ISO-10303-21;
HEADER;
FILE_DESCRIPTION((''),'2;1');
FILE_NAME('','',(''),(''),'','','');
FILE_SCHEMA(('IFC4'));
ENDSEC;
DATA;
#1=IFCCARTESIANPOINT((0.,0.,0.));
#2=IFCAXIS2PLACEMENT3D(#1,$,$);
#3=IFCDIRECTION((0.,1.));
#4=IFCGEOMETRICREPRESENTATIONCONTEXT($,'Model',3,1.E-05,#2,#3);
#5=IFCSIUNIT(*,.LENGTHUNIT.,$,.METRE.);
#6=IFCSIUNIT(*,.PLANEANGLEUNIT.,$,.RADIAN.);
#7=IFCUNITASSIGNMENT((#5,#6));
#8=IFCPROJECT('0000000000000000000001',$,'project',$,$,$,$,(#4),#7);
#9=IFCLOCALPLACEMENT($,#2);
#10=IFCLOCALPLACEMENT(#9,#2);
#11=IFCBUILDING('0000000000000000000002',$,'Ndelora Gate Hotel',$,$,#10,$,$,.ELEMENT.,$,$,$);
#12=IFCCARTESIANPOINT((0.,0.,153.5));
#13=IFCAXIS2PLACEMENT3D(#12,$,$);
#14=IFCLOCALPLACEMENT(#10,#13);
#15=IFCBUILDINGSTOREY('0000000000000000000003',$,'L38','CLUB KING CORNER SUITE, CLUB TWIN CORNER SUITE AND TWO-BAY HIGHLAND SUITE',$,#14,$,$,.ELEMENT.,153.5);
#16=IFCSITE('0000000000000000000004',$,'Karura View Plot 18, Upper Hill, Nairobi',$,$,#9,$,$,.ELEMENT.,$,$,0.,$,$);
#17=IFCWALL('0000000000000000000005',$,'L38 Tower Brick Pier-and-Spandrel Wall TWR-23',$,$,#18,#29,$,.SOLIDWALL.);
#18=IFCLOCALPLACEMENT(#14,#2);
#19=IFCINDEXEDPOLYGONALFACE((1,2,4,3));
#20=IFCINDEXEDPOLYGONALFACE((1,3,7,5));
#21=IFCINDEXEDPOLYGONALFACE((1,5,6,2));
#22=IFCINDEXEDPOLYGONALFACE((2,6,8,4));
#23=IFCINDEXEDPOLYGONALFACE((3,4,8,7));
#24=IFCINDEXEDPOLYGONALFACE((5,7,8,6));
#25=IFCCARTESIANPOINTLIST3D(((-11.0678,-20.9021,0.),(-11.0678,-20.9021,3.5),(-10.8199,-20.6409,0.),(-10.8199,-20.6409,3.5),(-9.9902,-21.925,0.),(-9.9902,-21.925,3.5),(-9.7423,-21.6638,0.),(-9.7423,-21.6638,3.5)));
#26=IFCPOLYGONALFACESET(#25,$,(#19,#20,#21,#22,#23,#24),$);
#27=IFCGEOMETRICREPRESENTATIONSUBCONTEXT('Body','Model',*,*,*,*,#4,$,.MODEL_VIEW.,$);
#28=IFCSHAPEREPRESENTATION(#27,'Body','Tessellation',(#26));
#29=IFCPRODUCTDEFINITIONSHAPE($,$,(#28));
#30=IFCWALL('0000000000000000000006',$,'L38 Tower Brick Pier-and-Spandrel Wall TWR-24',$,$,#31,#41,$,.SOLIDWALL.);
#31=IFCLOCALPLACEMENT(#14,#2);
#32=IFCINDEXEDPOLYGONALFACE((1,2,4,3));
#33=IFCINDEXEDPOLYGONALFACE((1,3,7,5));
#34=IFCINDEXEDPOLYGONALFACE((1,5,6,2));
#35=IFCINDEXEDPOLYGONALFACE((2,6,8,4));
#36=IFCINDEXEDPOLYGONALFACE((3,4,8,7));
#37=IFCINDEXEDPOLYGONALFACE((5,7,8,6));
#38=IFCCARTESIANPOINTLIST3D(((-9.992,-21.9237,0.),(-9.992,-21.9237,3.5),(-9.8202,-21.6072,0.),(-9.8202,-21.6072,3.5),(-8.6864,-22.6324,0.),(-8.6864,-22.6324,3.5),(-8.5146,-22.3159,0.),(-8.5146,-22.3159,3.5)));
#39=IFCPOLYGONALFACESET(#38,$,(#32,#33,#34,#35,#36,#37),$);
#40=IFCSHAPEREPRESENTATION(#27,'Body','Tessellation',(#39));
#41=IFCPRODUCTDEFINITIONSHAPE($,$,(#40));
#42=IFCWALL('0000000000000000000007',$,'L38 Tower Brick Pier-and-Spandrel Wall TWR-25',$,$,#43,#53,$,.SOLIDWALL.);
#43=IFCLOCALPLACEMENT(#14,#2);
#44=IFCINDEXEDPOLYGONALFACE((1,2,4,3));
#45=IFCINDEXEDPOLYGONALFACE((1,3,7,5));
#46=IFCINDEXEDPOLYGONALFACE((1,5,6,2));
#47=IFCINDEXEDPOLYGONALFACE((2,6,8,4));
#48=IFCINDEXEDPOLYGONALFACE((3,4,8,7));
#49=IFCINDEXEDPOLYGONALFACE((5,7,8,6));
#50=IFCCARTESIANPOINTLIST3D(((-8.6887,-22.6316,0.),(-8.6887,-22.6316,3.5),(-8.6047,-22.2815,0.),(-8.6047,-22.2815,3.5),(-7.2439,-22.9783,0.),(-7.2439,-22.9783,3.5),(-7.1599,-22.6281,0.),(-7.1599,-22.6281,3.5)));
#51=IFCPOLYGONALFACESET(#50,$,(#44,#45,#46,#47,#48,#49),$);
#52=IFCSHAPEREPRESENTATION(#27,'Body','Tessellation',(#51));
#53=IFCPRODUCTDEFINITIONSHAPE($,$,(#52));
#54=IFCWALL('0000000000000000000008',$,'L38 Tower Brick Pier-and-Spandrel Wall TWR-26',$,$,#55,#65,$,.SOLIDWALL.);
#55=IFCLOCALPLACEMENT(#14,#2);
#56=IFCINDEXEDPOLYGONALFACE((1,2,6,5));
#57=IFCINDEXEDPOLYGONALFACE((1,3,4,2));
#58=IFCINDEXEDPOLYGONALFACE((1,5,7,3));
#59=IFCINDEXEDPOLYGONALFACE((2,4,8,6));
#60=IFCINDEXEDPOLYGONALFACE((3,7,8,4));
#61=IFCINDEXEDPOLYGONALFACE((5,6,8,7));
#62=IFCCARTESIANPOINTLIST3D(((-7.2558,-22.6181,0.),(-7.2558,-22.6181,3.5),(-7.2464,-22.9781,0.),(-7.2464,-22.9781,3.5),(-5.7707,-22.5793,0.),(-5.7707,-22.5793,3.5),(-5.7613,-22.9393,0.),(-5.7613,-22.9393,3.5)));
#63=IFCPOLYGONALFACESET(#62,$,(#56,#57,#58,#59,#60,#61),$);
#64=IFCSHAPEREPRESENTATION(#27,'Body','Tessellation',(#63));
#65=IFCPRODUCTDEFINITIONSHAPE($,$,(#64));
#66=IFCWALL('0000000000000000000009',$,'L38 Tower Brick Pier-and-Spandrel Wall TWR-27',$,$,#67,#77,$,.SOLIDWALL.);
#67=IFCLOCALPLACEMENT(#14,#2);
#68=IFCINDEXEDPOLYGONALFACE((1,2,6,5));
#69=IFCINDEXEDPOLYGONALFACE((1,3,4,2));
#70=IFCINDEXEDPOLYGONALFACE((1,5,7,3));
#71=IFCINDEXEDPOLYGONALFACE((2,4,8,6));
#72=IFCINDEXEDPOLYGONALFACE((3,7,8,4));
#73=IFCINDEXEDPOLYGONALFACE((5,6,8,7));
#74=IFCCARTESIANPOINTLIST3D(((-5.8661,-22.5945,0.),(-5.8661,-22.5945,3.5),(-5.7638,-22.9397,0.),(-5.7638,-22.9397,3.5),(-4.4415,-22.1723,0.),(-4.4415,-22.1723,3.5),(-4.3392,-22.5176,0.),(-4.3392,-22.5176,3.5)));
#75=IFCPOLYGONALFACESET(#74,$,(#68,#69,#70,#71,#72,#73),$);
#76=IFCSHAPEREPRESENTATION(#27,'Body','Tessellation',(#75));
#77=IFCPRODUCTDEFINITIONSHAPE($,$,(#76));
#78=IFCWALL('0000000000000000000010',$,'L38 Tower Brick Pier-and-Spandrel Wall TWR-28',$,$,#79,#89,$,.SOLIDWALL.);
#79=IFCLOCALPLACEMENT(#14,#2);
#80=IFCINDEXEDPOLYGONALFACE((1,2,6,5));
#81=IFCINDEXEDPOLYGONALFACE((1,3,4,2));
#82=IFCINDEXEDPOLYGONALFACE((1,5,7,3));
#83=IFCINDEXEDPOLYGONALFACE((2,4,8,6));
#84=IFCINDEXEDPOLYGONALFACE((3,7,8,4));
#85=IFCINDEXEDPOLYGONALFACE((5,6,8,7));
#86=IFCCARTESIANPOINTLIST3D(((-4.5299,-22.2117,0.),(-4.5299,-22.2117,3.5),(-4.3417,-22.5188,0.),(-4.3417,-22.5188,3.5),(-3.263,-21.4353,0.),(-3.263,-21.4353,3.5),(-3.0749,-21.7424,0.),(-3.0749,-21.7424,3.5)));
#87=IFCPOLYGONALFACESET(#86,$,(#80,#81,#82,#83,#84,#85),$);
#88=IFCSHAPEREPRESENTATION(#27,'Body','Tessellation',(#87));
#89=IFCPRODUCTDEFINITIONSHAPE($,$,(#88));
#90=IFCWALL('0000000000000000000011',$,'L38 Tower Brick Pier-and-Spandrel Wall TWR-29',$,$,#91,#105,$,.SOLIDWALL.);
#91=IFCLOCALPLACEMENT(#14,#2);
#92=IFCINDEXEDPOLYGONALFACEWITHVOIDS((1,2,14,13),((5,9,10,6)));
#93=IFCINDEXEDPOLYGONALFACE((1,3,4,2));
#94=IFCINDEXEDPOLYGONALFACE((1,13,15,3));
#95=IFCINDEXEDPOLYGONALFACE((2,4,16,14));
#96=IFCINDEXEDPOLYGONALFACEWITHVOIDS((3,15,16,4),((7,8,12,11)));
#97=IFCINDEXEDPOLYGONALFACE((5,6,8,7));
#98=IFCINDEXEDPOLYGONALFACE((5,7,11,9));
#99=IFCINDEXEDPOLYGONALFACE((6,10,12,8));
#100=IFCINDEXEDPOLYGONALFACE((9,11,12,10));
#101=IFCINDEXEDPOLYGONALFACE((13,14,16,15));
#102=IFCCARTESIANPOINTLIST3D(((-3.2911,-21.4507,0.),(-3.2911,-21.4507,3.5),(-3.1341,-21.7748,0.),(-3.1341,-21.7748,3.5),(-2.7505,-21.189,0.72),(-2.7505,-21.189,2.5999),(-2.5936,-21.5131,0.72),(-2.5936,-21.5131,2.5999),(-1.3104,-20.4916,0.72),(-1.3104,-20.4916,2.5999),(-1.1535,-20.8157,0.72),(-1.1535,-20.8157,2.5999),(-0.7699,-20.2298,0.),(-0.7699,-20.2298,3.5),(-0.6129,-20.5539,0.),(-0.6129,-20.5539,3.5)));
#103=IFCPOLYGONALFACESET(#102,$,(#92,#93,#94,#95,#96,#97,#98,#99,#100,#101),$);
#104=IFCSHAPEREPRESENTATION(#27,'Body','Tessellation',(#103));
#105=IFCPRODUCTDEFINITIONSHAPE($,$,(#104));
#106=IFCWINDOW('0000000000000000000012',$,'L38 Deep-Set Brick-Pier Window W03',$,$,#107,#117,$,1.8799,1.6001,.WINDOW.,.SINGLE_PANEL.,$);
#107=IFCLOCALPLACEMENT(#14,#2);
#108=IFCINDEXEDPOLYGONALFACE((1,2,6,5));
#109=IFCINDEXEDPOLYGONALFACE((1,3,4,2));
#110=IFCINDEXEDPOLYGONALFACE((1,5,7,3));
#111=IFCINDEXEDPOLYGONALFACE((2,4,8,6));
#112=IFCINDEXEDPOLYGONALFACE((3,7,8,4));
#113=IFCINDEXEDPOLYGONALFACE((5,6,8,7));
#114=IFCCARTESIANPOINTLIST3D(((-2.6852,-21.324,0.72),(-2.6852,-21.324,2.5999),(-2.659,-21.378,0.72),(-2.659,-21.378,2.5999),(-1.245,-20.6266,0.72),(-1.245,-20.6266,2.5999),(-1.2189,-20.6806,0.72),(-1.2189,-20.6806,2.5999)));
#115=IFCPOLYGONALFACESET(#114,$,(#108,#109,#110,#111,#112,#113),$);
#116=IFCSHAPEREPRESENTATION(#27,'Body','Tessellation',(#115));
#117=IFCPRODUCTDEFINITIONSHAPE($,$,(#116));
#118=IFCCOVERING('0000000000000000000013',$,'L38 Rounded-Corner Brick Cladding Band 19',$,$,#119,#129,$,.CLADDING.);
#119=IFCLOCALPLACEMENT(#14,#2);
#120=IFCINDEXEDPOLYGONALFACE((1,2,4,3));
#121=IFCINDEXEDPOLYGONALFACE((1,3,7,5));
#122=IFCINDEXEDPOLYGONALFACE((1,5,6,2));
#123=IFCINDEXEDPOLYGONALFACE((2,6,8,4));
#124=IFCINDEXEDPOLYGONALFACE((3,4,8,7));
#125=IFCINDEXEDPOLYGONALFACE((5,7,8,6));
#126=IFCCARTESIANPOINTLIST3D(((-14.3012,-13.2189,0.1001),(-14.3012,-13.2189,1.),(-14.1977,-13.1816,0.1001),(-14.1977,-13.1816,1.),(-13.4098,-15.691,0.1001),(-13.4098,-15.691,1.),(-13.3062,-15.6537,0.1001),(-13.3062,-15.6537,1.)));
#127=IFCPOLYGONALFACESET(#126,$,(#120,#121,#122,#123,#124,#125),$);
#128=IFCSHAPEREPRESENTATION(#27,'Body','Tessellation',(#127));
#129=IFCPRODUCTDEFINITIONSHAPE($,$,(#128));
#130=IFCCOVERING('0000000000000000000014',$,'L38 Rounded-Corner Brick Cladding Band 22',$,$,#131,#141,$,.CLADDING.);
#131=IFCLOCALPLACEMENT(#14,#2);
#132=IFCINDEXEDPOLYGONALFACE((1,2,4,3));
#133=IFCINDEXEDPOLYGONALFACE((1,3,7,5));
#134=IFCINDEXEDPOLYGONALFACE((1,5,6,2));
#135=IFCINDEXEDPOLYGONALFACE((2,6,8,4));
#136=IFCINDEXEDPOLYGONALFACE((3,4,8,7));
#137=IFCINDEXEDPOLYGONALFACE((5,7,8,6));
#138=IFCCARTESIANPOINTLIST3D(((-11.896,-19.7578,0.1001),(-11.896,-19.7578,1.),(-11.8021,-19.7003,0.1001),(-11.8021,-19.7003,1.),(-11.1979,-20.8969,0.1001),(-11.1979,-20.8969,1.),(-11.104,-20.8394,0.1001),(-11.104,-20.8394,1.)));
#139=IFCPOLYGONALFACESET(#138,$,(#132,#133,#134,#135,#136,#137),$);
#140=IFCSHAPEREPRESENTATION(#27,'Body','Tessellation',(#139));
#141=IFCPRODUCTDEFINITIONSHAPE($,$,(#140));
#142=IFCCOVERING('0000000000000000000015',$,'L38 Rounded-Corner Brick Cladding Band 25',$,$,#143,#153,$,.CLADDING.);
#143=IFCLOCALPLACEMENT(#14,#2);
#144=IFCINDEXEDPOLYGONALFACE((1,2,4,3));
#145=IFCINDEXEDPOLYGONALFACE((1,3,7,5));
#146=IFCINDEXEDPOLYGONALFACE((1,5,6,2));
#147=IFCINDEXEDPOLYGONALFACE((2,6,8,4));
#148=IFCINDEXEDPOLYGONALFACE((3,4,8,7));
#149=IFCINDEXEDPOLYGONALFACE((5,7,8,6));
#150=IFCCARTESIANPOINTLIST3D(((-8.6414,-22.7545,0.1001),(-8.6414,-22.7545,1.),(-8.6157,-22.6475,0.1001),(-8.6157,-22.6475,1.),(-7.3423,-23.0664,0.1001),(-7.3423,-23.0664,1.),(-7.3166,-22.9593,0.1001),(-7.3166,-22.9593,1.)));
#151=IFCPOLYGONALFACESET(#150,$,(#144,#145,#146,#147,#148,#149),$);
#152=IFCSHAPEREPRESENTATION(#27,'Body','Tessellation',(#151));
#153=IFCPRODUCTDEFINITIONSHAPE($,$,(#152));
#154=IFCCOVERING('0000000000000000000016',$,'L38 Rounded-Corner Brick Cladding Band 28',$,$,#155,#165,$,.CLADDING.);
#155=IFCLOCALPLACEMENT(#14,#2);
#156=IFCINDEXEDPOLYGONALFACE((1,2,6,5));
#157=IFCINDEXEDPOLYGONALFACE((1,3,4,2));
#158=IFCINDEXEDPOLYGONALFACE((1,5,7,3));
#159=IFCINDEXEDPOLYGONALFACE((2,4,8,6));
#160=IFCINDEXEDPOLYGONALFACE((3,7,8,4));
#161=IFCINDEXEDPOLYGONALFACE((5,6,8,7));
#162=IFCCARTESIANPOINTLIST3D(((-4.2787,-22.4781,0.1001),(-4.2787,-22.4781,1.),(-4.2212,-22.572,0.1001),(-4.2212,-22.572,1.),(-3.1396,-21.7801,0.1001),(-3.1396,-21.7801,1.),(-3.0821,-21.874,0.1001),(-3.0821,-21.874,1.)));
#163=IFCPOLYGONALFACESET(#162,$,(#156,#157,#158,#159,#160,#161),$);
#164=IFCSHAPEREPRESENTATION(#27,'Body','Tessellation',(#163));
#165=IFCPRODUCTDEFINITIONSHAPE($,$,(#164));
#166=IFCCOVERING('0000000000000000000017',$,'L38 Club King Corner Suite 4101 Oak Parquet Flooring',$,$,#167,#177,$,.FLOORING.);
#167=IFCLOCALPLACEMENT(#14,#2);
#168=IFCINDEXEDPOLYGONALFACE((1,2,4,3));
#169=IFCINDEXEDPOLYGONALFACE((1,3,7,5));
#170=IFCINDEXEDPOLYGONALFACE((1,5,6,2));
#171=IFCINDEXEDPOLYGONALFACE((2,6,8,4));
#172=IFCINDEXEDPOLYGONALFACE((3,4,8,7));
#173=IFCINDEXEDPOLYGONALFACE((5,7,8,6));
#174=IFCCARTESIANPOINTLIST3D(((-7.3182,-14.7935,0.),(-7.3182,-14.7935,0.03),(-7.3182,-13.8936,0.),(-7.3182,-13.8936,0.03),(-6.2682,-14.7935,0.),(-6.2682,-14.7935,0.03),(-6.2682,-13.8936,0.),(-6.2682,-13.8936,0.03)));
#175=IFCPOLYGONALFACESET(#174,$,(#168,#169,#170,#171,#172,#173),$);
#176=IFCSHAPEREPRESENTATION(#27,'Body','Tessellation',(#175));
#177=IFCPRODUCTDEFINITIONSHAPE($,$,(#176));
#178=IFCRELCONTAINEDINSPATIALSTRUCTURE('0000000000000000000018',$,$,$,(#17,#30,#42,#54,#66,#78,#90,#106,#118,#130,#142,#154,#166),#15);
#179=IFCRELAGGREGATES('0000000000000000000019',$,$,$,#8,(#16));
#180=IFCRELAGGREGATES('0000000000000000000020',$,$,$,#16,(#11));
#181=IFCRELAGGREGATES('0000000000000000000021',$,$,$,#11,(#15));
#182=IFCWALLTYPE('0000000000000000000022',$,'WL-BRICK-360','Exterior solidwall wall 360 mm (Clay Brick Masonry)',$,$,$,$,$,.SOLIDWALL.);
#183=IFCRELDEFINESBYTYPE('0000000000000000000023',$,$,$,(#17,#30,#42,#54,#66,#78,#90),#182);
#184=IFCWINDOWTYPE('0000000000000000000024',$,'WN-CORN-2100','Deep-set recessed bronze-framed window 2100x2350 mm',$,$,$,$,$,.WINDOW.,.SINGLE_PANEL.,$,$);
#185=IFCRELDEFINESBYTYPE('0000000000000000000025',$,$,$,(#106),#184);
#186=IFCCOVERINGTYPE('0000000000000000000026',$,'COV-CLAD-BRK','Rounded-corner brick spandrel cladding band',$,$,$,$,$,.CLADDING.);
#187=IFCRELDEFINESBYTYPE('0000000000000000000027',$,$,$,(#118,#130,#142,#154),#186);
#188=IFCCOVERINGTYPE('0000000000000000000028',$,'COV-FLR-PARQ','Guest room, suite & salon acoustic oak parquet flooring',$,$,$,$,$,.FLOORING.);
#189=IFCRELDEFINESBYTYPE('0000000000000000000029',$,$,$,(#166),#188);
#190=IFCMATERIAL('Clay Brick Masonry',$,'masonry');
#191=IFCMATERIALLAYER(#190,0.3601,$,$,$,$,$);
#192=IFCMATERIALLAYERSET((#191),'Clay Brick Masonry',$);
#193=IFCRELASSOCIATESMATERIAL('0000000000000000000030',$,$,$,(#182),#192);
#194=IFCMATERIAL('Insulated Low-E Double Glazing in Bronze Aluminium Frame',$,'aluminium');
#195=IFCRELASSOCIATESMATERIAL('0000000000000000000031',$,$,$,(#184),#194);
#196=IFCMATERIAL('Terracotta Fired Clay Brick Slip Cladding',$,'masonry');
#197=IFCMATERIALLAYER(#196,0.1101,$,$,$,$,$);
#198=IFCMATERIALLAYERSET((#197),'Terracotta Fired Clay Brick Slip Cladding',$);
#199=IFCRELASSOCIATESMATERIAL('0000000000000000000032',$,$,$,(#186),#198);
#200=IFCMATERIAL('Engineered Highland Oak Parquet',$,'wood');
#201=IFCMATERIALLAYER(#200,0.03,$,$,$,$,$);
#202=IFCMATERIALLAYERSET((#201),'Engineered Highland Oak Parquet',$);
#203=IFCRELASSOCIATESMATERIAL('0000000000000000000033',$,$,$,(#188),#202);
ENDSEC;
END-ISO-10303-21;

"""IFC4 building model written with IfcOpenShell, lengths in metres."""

from ifc_helpers import new_model, si_unit, direction, frame, frame_2d, origin, origin_2d, place, context, subcontext, project, spatial, rectangle, extrude, material, layer, layer_set, type_object, element, fill, save


model = new_model("IFC4")

# Units and contexts
model_context = context("Model", 3, precision=1e-05, world=origin(), true_north=direction((0.0, 1.0)))
body_context = subcontext(model_context, "Body", "Model", "MODEL_VIEW")
ifc_project = project(units=[si_unit("LENGTHUNIT", "METRE"), si_unit("PLANEANGLEUNIT", "RADIAN")], contexts=[model_context])

# Site, building, storey
site_placement = place(None, origin())
site = spatial("IfcSite", under=ifc_project, at=site_placement, Name="Karura View Plot 18, Upper Hill, Nairobi", CompositionType="ELEMENT", RefElevation=0.0)
building_placement = place(site_placement, origin())
building = spatial("IfcBuilding", under=site, at=building_placement, Name="Ndelora Gate Hotel", CompositionType="ELEMENT")
storey_placement = place(building_placement, frame((0.0, 0.0, 153.5)))
storey = spatial("IfcBuildingStorey", under=building, at=storey_placement, Name="L38", Description="CLUB KING CORNER SUITE, CLUB TWIN CORNER SUITE AND TWO-BAY HIGHLAND SUITE", CompositionType="ELEMENT", Elevation=153.5)

# Shared definitions
ifc_material_1 = material(Name="Clay Brick Masonry", Category="masonry")
ifc_layer_1 = layer(ifc_material_1, 0.3601)
ifc_layer_set_1 = layer_set([ifc_layer_1], Name="Clay Brick Masonry")
wall_type = type_object("IfcWallType", Name="WL-BRICK-360", Description="Exterior solidwall wall 360 mm (Clay Brick Masonry)", PredefinedType="SOLIDWALL", material=ifc_layer_set_1)
ifc_material_2 = material(Name="Insulated Low-E Double Glazing in Bronze Aluminium Frame", Category="aluminium")

# Walls
for number, where, z_axis, x_axis, name in (
    (1, (-9.8662, -21.7944, 0.0), (0.0, 0.0, 1.0), (-0.72527, 0.688464, 0.0), "L38 Tower Brick Pier-and-Spandrel Wall TWR-23"),
):
    element("IfcWall", number, at=place(storey_placement, frame(where, z_axis=z_axis, x_axis=x_axis)), inside=storey, type_object=wall_type, Name=name, PredefinedType="SOLIDWALL", context=body_context, shape_type="SweptSolid", body=[
        extrude(rectangle(XDim=1.4858, YDim=0.3601, at=frame_2d((0.7429, 0.0))), origin(), (0.0, 0.0, 1.0), 3.5),
    ])
wall_1_placement = place(storey_placement, frame((-8.6006, -22.4741, 0.0), z_axis=(0.0, 0.0, 1.0), x_axis=(-0.878867, 0.477066, 0.0)))
element("IfcWall", 2, at=wall_1_placement, inside=storey, type_object=wall_type, Name="L38 Tower Brick Pier-and-Spandrel Wall TWR-24", PredefinedType="SOLIDWALL", context=body_context, shape_type="SweptSolid", body=[
    extrude(rectangle(XDim=1.4856, YDim=0.3601, at=frame_2d((0.7427, 0.0))), origin(), (0.0, 0.0, 1.0), 3.5),
])
wall_2_placement = place(storey_placement, frame((-7.2019, -22.8032, 0.0), z_axis=(0.0, 0.0, 1.0), x_axis=(-0.972399, 0.233323, 0.0)))
element("IfcWall", 3, at=wall_2_placement, inside=storey, type_object=wall_type, Name="L38 Tower Brick Pier-and-Spandrel Wall TWR-25", PredefinedType="SOLIDWALL", context=body_context, shape_type="SweptSolid", body=[
    extrude(rectangle(XDim=1.4858, YDim=0.3601, at=frame_2d((0.7429, 0.0))), origin(), (0.0, 0.0, 1.0), 3.5),
])
wall_3_placement = place(storey_placement, frame((-5.7661, -22.7593, 0.0), z_axis=(0.0, 0.0, 1.0), x_axis=(-0.999659, -0.026129, 0.0)))
element("IfcWall", 4, at=wall_3_placement, inside=storey, type_object=wall_type, Name="L38 Tower Brick Pier-and-Spandrel Wall TWR-26", PredefinedType="SOLIDWALL", context=body_context, shape_type="SweptSolid", body=[
    extrude(rectangle(XDim=1.4856, YDim=0.3601, at=frame_2d((0.7427, 0.0))), origin(), (0.0, 0.0, 1.0), 3.5),
])
for number, where, z_axis, x_axis, name in (
    (5, (-4.3904, -22.345, 0.0), (0.0, 0.0, 1.0), (-0.958793, -0.284105, 0.0), "L38 Tower Brick Pier-and-Spandrel Wall TWR-27"),
    (6, (-3.1689, -21.5889, 0.0), (0.0, 0.0, 1.0), (-0.852627, -0.52252, 0.0), "L38 Tower Brick Pier-and-Spandrel Wall TWR-28"),
):
    element("IfcWall", number, at=place(storey_placement, frame(where, z_axis=z_axis, x_axis=x_axis)), inside=storey, type_object=wall_type, Name=name, PredefinedType="SOLIDWALL", context=body_context, shape_type="SweptSolid", body=[
        extrude(rectangle(XDim=1.4858, YDim=0.3601, at=frame_2d((0.7429, 0.0))), origin(), (0.0, 0.0, 1.0), 3.5),
    ])

# Wall, opening, window
wall_4_placement = place(storey_placement, frame((-0.6914, -20.3918, 0.0), z_axis=(0.0, 0.0, 1.0), x_axis=(-0.90002, -0.435848, 0.0)))
wall_4 = element("IfcWall", 7, at=wall_4_placement, inside=storey, type_object=wall_type, Name="L38 Tower Brick Pier-and-Spandrel Wall TWR-29", PredefinedType="SOLIDWALL", context=body_context, shape_type="SweptSolid", body=[
    extrude(rectangle(XDim=2.8013, YDim=0.3601, at=frame_2d((1.4006, 0.0))), origin(), (0.0, 0.0, 1.0), 3.5),
])
opening_1_placement = place(wall_4_placement, frame((0.6006, 0.0, 0.72)))
opening_1 = element("IfcOpeningElement", 8, at=opening_1_placement, cuts=wall_4, PredefinedType="OPENING", context=body_context, shape_type="SweptSolid", body=[
    extrude(rectangle(XDim=1.6001, YDim=1.8799, at=frame_2d((0.8, 0.9399))), frame((0.0, 0.1899, 0.0), z_axis=(0.0, -1.0, 0.0), x_axis=(1.0, 0.0, 0.0)), (0.0, 0.0, 1.0), 0.3801),
])
window_type_1 = type_object("IfcWindowType", Name="WN-CORN-2100", Description="Deep-set recessed bronze-framed window 2100x2350 mm", PartitioningType="SINGLE_PANEL", PredefinedType="WINDOW", material=ifc_material_2)
window_1_placement = place(opening_1_placement, origin())
window_1 = element("IfcWindow", 9, at=window_1_placement, inside=storey, type_object=window_type_1, Name="L38 Deep-Set Brick-Pier Window W03", OverallHeight=1.8799, OverallWidth=1.6001, PartitioningType="SINGLE_PANEL", PredefinedType="WINDOW", context=body_context, shape_type="SweptSolid", body=[
    extrude(rectangle(XDim=1.6001, YDim=1.8799, at=frame_2d((0.8, 0.9399))), frame((0.0, 0.03, 0.0), z_axis=(0.0, -1.0, 0.0), x_axis=(1.0, 0.0, 0.0)), (0.0, 0.0, 1.0), 0.0601),
])
fill(opening_1, window_1)

# Coverings
ifc_material_3 = material(Name="Terracotta Fired Clay Brick Slip Cladding", Category="masonry")
ifc_layer_2 = layer(ifc_material_3, 0.1101)
ifc_layer_set_2 = layer_set([ifc_layer_2], Name="Terracotta Fired Clay Brick Slip Cladding")
covering_type_1 = type_object("IfcCoveringType", Name="COV-CLAD-BRK", Description="Rounded-corner brick spandrel cladding band", PredefinedType="CLADDING", material=ifc_layer_set_2)
covering_1_placement = place(storey_placement, frame((-13.8037, -14.4363, 0.1001), z_axis=(0.0, 0.0, 1.0), x_axis=(-0.339231, 0.940703, 0.0)))
element("IfcCovering", 10, at=covering_1_placement, inside=storey, type_object=covering_type_1, Name="L38 Rounded-Corner Brick Cladding Band 19", PredefinedType="CLADDING", context=body_context, shape_type="SweptSolid", body=[
    extrude(rectangle(XDim=2.6279, YDim=0.1101, at=origin_2d()), origin(), (0.0, 0.0, 1.0), 0.8999),
])
for number, where, z_axis, x_axis, name in (
    (11, (-11.5, -20.2986, 0.1001), (0.0, 0.0, 1.0), (-0.522499, 0.85264, 0.0), "L38 Rounded-Corner Brick Cladding Band 22"),
    (12, (-7.979, -22.8569, 0.1001), (0.0, 0.0, 1.0), (-0.97237, 0.233445, 0.0), "L38 Rounded-Corner Brick Cladding Band 25"),
    (13, (-3.6804, -22.176, 0.1001), (0.0, 0.0, 1.0), (0.85264, 0.522499, 0.0), "L38 Rounded-Corner Brick Cladding Band 28"),
):
    element("IfcCovering", number, at=place(storey_placement, frame(where, z_axis=z_axis, x_axis=x_axis)), inside=storey, type_object=covering_type_1, Name=name, PredefinedType="CLADDING", context=body_context, shape_type="SweptSolid", body=[
        extrude(rectangle(XDim=1.3359, YDim=0.1101, at=origin_2d()), origin(), (0.0, 0.0, 1.0), 0.8999),
    ])
ifc_material_4 = material(Name="Engineered Highland Oak Parquet", Category="wood")
ifc_layer_3 = layer(ifc_material_4, 0.03)
ifc_layer_set_3 = layer_set([ifc_layer_3], Name="Engineered Highland Oak Parquet")
covering_type_2 = type_object("IfcCoveringType", Name="COV-FLR-PARQ", Description="Guest room, suite & salon acoustic oak parquet flooring", PredefinedType="FLOORING", material=ifc_layer_set_3)
covering_2_placement = place(storey_placement, frame((-6.7932, -14.3435, 0.0), z_axis=(0.0, 0.0, 1.0), x_axis=(1.0, 0.0, 0.0)))
element("IfcCovering", 14, at=covering_2_placement, inside=storey, type_object=covering_type_2, Name="L38 Club King Corner Suite 4101 Oak Parquet Flooring", PredefinedType="FLOORING", context=body_context, shape_type="SweptSolid", body=[
    extrude(rectangle(XDim=1.05, YDim=0.8999, at=origin_2d()), origin(), (0.0, 0.0, 1.0), 0.03),
])

save(model, "model.ifc")
